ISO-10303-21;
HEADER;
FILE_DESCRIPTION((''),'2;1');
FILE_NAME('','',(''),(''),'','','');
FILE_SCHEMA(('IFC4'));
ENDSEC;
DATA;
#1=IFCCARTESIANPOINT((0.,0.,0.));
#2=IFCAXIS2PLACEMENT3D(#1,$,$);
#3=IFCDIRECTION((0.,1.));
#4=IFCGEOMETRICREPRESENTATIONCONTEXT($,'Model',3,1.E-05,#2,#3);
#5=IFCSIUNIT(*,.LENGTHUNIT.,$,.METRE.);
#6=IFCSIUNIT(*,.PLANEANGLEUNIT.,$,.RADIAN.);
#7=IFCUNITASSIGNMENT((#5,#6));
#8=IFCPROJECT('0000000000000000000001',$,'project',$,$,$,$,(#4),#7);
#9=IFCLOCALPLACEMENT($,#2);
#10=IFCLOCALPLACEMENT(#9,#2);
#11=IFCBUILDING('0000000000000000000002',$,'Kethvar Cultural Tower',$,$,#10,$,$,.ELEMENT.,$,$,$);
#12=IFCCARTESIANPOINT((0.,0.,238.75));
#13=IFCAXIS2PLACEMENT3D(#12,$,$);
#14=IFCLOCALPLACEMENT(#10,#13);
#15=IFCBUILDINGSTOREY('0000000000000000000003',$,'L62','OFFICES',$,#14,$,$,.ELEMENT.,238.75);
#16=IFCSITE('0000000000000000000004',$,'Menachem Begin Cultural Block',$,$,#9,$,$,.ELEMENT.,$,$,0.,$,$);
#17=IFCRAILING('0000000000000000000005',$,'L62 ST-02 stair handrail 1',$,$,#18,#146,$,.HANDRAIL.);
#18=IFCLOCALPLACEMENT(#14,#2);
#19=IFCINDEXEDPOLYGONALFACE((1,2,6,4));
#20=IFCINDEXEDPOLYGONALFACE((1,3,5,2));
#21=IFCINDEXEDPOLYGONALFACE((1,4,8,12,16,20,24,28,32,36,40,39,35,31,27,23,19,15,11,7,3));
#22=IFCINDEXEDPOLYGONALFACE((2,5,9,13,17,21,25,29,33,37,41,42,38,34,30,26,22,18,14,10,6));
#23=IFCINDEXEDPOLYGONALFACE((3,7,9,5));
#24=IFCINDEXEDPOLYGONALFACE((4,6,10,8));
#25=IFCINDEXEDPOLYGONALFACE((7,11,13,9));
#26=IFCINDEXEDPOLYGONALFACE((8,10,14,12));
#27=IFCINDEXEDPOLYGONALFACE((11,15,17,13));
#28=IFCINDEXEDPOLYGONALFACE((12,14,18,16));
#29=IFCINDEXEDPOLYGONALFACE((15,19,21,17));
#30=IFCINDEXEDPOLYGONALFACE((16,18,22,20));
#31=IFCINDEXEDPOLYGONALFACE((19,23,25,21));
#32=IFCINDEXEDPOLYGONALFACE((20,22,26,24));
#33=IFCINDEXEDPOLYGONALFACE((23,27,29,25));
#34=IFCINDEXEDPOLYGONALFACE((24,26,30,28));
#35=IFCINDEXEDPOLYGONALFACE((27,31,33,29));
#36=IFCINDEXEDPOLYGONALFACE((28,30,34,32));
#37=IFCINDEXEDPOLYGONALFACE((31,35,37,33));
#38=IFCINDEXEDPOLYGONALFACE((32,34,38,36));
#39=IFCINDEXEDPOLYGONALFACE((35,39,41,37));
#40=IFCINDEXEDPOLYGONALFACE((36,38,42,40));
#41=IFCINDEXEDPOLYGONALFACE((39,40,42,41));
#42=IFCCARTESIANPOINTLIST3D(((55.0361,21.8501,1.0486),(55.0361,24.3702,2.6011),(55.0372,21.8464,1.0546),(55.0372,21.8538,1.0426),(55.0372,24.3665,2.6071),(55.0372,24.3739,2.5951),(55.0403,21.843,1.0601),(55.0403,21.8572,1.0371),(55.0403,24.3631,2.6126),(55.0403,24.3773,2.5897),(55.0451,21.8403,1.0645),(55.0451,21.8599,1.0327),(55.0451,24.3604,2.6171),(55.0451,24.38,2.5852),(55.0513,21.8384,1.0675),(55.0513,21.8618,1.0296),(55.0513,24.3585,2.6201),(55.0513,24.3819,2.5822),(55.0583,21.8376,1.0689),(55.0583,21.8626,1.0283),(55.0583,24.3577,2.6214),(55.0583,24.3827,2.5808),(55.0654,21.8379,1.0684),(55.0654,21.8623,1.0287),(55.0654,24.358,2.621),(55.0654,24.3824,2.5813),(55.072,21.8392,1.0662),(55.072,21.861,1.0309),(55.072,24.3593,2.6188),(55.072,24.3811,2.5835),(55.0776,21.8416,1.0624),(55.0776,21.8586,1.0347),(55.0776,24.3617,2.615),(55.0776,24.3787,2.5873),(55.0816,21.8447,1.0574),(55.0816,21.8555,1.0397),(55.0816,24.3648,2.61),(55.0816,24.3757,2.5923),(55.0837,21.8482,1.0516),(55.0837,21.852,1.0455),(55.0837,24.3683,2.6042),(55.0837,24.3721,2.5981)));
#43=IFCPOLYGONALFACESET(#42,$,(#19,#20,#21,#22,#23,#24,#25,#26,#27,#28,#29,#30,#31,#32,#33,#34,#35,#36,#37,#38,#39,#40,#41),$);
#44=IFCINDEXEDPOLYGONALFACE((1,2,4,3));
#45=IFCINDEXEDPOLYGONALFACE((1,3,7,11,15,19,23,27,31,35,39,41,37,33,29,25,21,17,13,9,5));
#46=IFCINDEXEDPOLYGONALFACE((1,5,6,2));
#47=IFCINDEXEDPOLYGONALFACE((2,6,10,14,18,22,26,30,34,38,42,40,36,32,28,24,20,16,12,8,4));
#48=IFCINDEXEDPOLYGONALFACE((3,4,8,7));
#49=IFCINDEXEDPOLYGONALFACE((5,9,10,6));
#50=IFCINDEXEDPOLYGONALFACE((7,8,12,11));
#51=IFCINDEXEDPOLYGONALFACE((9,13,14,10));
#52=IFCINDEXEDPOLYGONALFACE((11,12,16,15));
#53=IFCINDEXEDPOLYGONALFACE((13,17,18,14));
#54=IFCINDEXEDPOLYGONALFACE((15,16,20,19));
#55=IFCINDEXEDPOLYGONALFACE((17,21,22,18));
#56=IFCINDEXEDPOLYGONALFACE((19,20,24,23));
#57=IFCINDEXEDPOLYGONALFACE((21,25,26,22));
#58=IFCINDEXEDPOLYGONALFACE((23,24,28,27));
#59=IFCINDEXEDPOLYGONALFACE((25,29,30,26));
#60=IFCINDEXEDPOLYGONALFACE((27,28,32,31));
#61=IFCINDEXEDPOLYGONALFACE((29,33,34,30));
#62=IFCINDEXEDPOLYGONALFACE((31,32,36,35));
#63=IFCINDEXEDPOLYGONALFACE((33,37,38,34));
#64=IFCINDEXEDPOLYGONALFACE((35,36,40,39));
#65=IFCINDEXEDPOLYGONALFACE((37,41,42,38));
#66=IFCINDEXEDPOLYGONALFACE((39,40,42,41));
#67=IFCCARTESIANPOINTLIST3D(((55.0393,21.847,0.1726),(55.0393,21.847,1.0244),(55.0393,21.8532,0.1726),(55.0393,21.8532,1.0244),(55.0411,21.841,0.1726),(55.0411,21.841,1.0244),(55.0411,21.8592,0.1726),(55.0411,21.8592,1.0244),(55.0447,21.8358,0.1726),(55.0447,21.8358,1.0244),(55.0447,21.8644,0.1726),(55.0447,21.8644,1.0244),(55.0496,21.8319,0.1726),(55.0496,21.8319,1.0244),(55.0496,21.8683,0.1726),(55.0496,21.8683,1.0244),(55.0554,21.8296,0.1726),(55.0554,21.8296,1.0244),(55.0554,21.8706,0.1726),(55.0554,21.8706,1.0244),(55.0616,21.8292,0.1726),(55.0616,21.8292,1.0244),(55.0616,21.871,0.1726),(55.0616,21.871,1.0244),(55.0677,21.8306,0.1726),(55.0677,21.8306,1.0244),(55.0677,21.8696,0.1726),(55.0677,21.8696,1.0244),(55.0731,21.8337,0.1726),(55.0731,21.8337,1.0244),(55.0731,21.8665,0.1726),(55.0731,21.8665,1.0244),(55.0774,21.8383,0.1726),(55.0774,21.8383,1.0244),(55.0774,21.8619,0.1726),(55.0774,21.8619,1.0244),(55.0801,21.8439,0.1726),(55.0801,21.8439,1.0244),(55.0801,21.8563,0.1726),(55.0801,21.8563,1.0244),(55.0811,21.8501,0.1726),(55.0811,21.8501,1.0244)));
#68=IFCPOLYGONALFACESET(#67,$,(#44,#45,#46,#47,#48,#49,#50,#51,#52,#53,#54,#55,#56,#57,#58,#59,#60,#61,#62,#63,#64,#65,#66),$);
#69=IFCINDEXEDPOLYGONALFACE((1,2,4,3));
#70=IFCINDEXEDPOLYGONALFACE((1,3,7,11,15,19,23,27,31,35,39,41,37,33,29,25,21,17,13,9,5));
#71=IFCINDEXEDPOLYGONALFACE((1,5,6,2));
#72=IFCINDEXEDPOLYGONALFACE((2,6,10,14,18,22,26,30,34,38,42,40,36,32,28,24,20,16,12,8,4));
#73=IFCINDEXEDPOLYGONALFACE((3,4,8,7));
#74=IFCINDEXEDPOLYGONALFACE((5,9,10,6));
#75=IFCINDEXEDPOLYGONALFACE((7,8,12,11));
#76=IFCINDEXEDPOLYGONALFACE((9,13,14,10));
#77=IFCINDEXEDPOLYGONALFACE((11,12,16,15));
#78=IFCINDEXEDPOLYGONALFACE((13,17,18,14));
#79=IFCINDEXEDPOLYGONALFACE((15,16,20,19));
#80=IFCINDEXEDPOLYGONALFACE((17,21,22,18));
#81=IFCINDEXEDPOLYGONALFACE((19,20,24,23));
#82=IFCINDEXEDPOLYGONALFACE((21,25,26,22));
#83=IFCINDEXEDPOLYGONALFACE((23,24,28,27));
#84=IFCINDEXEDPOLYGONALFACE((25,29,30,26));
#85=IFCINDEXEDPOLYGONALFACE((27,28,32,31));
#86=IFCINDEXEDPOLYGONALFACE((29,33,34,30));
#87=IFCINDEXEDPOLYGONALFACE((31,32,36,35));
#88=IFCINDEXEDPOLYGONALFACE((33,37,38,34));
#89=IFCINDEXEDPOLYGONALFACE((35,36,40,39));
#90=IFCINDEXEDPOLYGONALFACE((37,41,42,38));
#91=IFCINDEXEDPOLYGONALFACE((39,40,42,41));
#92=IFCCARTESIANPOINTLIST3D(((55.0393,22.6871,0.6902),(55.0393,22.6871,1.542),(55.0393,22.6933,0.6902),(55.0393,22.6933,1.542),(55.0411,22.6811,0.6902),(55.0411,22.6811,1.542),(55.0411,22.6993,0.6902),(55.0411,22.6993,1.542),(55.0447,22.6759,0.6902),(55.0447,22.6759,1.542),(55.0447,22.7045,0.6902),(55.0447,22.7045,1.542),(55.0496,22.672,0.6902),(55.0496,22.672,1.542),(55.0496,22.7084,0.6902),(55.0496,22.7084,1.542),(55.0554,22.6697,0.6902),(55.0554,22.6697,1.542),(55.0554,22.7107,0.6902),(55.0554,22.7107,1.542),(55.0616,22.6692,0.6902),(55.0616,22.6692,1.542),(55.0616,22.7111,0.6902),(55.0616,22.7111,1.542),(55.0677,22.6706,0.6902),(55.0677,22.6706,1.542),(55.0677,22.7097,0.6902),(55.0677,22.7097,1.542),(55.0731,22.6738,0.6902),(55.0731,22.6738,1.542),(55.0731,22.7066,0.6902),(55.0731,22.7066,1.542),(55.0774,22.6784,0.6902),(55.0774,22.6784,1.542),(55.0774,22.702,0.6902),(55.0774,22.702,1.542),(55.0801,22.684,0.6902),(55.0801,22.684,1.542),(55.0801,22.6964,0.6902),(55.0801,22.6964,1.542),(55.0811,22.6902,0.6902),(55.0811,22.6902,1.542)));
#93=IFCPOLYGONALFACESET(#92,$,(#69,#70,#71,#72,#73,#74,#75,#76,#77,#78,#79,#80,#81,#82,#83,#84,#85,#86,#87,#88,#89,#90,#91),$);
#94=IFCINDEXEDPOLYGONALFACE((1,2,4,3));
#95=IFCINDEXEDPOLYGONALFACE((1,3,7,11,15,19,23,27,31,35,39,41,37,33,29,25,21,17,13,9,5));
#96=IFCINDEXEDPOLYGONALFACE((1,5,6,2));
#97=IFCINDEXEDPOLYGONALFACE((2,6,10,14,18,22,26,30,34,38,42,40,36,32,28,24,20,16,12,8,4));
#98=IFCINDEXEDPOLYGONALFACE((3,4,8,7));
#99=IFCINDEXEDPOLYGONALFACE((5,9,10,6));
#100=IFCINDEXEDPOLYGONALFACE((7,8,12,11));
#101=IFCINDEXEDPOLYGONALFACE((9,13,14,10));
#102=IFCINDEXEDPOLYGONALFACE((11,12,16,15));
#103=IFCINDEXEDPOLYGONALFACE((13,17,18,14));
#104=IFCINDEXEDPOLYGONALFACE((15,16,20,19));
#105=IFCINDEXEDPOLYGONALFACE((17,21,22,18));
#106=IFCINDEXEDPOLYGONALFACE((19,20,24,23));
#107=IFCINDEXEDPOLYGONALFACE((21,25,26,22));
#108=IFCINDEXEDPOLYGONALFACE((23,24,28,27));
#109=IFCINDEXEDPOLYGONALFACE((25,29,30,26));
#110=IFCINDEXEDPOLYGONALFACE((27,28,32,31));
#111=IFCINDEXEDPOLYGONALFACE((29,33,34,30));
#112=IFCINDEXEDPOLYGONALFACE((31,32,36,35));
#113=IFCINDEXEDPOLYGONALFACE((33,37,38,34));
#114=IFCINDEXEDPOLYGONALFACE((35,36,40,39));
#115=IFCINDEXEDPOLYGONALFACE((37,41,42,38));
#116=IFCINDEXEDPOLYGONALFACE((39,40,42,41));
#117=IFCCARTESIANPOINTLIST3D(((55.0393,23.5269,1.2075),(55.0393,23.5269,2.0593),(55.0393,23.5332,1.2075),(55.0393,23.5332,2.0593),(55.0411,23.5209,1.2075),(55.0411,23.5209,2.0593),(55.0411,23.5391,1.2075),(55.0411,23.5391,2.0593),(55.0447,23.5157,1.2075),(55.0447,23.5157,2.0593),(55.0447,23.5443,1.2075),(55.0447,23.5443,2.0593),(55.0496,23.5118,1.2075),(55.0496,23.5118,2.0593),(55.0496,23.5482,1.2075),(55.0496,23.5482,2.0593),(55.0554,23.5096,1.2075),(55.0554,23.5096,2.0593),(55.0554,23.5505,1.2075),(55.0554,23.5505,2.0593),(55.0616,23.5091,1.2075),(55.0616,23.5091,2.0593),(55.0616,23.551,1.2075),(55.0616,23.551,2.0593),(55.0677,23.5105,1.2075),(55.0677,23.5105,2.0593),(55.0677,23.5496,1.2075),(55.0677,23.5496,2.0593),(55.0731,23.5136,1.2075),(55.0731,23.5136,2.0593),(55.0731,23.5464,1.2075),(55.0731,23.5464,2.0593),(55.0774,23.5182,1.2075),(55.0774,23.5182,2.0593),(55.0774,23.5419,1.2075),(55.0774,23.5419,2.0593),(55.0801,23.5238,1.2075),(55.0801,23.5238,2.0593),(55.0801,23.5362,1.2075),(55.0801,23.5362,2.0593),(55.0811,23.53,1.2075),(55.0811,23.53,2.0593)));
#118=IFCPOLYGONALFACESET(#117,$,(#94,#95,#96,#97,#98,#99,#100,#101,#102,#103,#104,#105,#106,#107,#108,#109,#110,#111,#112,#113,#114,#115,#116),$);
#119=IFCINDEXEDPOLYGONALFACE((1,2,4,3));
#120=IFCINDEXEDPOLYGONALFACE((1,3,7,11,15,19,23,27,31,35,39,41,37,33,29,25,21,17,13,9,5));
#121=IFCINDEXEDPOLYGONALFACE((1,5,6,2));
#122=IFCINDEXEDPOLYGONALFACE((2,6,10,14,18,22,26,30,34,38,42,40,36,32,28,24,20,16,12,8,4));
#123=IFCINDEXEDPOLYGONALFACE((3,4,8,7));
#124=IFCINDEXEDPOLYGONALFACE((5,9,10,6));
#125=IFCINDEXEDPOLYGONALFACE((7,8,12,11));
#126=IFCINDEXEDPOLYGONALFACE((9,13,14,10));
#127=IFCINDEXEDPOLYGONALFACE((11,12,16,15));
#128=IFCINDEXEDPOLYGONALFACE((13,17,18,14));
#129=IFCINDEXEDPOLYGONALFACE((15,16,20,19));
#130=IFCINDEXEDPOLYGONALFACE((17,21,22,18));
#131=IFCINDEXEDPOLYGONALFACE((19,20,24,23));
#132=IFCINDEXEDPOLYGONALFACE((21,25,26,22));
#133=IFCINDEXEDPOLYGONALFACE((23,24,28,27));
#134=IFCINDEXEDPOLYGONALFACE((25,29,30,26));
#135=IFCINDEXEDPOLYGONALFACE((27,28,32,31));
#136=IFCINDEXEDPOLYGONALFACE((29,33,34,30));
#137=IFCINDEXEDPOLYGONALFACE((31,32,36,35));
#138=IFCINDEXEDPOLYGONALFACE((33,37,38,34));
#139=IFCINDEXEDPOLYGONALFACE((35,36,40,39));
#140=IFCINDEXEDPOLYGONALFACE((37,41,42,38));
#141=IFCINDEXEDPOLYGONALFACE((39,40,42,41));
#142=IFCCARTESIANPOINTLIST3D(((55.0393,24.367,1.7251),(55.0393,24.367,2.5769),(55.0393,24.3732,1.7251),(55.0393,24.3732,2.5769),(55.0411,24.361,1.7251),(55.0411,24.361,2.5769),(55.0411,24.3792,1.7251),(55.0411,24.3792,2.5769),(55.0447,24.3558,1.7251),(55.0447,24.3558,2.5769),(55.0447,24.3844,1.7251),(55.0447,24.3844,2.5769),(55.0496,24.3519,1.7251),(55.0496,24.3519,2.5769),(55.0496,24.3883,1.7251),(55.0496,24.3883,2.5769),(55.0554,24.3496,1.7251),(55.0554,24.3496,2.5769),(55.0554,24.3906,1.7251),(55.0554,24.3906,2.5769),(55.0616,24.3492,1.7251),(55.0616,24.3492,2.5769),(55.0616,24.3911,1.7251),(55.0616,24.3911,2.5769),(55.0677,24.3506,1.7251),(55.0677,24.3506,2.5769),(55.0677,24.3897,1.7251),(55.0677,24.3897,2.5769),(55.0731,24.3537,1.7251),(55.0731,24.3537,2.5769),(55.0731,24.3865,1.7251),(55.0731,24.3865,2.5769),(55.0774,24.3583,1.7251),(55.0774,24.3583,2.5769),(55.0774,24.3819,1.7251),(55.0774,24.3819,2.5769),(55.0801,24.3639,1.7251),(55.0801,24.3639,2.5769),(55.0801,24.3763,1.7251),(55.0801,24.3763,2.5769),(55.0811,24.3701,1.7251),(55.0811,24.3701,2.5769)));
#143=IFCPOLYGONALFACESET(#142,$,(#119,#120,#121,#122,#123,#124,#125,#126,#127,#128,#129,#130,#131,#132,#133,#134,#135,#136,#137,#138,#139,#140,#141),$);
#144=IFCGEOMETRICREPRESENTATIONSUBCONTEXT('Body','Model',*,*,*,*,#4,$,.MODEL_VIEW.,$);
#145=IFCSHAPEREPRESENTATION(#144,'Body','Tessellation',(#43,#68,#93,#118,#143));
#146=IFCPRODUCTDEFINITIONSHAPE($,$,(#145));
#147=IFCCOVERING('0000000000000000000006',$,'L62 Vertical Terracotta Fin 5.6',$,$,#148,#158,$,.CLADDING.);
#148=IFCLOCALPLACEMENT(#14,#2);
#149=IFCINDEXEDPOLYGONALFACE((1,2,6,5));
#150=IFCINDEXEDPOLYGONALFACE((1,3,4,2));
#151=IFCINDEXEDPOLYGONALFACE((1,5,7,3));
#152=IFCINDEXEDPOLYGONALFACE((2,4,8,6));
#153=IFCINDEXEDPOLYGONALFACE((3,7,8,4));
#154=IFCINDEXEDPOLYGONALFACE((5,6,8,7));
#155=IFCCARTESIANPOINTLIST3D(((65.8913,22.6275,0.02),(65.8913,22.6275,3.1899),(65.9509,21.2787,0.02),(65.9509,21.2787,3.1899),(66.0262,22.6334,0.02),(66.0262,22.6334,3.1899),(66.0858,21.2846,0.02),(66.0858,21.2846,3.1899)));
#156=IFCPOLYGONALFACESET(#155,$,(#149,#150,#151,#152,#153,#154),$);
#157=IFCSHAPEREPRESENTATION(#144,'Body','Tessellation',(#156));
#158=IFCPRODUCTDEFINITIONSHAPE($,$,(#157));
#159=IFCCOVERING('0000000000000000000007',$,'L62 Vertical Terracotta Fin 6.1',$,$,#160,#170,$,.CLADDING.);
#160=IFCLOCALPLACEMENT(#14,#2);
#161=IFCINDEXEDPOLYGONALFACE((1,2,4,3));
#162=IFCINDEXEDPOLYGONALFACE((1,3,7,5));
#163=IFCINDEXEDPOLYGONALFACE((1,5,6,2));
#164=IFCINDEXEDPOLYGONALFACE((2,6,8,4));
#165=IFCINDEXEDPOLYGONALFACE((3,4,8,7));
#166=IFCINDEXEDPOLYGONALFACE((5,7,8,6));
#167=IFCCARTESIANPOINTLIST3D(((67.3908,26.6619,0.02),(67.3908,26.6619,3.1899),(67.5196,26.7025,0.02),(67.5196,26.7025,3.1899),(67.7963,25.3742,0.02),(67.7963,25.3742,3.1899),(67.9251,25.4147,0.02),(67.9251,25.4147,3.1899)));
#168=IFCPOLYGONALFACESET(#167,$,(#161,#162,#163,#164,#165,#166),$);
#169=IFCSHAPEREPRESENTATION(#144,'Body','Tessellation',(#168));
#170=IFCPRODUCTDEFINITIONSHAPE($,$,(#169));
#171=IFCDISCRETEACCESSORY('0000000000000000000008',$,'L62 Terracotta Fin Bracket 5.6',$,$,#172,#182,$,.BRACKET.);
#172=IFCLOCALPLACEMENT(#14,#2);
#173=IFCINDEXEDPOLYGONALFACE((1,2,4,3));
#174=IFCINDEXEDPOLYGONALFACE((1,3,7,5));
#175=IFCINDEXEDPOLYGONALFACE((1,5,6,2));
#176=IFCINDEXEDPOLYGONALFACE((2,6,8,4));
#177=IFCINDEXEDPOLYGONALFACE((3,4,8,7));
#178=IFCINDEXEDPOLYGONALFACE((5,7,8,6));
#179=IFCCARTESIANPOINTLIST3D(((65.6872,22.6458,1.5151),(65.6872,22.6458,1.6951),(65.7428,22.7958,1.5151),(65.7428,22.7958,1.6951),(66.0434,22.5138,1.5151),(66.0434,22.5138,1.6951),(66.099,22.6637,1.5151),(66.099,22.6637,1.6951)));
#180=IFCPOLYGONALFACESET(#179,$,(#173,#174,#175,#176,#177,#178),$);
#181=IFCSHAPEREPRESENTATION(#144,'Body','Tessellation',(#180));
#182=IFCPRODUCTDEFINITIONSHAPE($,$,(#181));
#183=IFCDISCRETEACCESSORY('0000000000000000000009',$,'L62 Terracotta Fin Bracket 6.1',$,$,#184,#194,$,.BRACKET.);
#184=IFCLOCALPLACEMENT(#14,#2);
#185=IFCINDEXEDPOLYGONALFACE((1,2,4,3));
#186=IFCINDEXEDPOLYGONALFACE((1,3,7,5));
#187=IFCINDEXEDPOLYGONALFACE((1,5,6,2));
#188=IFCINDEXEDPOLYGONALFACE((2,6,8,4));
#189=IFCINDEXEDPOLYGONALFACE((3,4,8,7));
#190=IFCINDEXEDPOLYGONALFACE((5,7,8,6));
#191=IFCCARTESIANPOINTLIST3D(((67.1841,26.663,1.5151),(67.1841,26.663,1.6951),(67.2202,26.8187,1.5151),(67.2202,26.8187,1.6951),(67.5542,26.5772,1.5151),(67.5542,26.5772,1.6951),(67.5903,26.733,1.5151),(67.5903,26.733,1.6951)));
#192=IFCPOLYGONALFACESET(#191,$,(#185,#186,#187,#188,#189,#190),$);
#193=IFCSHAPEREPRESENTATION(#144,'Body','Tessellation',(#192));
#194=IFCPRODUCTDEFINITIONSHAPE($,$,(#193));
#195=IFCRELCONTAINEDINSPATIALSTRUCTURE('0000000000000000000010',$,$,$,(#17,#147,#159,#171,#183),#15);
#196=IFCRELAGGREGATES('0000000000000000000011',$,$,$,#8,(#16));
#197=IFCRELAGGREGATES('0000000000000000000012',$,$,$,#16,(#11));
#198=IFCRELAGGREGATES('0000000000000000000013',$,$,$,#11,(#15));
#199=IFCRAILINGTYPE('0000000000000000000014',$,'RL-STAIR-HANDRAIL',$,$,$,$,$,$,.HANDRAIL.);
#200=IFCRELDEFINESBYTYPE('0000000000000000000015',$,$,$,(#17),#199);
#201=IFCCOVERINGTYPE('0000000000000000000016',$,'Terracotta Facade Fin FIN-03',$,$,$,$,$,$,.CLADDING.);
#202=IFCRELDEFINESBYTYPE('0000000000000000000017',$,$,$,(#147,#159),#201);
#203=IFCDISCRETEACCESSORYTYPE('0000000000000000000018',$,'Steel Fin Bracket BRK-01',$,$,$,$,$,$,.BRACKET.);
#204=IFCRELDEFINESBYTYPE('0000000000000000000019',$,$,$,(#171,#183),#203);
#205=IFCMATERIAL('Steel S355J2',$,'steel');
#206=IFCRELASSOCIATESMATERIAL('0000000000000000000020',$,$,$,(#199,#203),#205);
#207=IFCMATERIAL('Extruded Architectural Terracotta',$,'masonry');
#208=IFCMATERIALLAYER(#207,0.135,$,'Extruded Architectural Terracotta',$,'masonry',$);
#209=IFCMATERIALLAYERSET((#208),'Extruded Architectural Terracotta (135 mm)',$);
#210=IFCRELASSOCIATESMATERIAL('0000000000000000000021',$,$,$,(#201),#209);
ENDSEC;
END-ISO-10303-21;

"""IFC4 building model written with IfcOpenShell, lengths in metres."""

from ifc_helpers import new_model, si_unit, direction, frame, origin, origin_2d, place, context, subcontext, project, spatial, rectangle, circle, extrude, source, transform, mapped, material, layer, layer_set, type_object, element, save


model = new_model("IFC4")

# Units and contexts
model_context = context("Model", 3, precision=1e-05, world=origin(), true_north=direction((0.0, 1.0)))
body_context = subcontext(model_context, "Body", "Model", "MODEL_VIEW")
ifc_project = project(units=[si_unit("LENGTHUNIT", "METRE"), si_unit("PLANEANGLEUNIT", "RADIAN")], contexts=[model_context])

# Site, building, storey
site_placement = place(None, origin())
site = spatial("IfcSite", under=ifc_project, at=site_placement, Name="Menachem Begin Cultural Block", CompositionType="ELEMENT", RefElevation=0.0)
building_placement = place(site_placement, origin())
building = spatial("IfcBuilding", under=site, at=building_placement, Name="Kethvar Cultural Tower", CompositionType="ELEMENT")
storey_placement = place(building_placement, frame((0.0, 0.0, 238.75)))
storey = spatial("IfcBuildingStorey", under=building, at=storey_placement, Name="L62", Description="OFFICES", CompositionType="ELEMENT", Elevation=238.75)

# Shared definitions
ifc_material_1 = material(Name="Steel S355J2", Category="steel")

# Railing
railing_type = type_object("IfcRailingType", Name="RL-STAIR-HANDRAIL", PredefinedType="HANDRAIL", material=ifc_material_1)
railing_placement = place(storey_placement, frame((55.0601, 21.8501, 0.1726)))
element("IfcRailing", 1, at=railing_placement, inside=storey, type_object=railing_type, Name="L62 ST-02 stair handrail 1", PredefinedType="HANDRAIL", context=body_context, shape_type="SweptSolid", body=[
    extrude(circle(Radius=0.0239, at=origin_2d()), frame((0.0, 0.0, 0.876), z_axis=(0.0, 0.8514, 0.524516), x_axis=(-1.0, 0.0, 0.0)), (0.0, 0.0, 1.0), 2.96),
    extrude(circle(Radius=0.021, at=origin_2d()), origin(), (0.0, 0.0, 1.0), 0.8518),
    extrude(circle(Radius=0.021, at=origin_2d()), frame((0.0, 0.8401, 0.5176)), (0.0, 0.0, 1.0), 0.8518),
    extrude(circle(Radius=0.021, at=origin_2d()), frame((0.0, 1.6799, 1.0349)), (0.0, 0.0, 1.0), 0.8518),
    extrude(circle(Radius=0.021, at=origin_2d()), frame((0.0, 2.52, 1.5525)), (0.0, 0.0, 1.0), 0.8518),
])

# Coverings
ifc_material_2 = material(Name="Extruded Architectural Terracotta", Category="masonry")
ifc_layer_1 = layer(ifc_material_2, 0.135, Name="Extruded Architectural Terracotta", Category="masonry")
ifc_layer_set_1 = layer_set([ifc_layer_1], Name="Extruded Architectural Terracotta (135 mm)")
covering_type = type_object("IfcCoveringType", Name="Terracotta Facade Fin FIN-03", PredefinedType="CLADDING", material=ifc_layer_set_1)
shared_shape_1 = source(origin(), body_context, "Body", "SweptSolid", [
    extrude(rectangle(XDim=1.3501, YDim=0.135, at=origin_2d()), origin(), (0.0, 0.0, 1.0), 3.1699),
])
for number, where, z_axis, x_axis, name in (
    (2, (65.9885, 21.9561, 0.02), (0.0, 0.0, 1.0), (0.044142, -0.999025, 0.0), "L62 Vertical Terracotta Fin 5.6"),
    (3, (67.658, 26.0383, 0.02), (0.0, 0.0, 1.0), (0.300373, -0.953822, 0.0), "L62 Vertical Terracotta Fin 6.1"),
):
    element("IfcCovering", number, at=place(storey_placement, frame(where, z_axis=z_axis, x_axis=x_axis)), inside=storey, type_object=covering_type, Name=name, PredefinedType="CLADDING", context=body_context, shape_type="MappedRepresentation", body=[
        mapped(shared_shape_1, transform((0.0, 0.0, 0.0), scale=1.0)),
    ])

# Discrete accessories
discrete_accessory_type = type_object("IfcDiscreteAccessoryType", Name="Steel Fin Bracket BRK-01", PredefinedType="BRACKET", material=ifc_material_1)
shared_shape_2 = source(origin(), body_context, "Body", "SweptSolid", [
    extrude(rectangle(XDim=0.3799, YDim=0.1599, at=origin_2d()), origin(), (0.0, 0.0, 1.0), 0.1799),
])
for number, where, z_axis, x_axis, name in (
    (4, (65.8931, 22.6548, 1.5151), (0.0, 0.0, 1.0), (0.937646, -0.34759, 0.0), "L62 Terracotta Fin Bracket 5.6"),
    (5, (67.3872, 26.698, 1.5151), (0.0, 0.0, 1.0), (0.974213, -0.225631, 0.0), "L62 Terracotta Fin Bracket 6.1"),
):
    element("IfcDiscreteAccessory", number, at=place(storey_placement, frame(where, z_axis=z_axis, x_axis=x_axis)), inside=storey, type_object=discrete_accessory_type, Name=name, PredefinedType="BRACKET", context=body_context, shape_type="MappedRepresentation", body=[
        mapped(shared_shape_2, transform((0.0, 0.0, 0.0), scale=1.0)),
    ])

save(model, "model.ifc")
